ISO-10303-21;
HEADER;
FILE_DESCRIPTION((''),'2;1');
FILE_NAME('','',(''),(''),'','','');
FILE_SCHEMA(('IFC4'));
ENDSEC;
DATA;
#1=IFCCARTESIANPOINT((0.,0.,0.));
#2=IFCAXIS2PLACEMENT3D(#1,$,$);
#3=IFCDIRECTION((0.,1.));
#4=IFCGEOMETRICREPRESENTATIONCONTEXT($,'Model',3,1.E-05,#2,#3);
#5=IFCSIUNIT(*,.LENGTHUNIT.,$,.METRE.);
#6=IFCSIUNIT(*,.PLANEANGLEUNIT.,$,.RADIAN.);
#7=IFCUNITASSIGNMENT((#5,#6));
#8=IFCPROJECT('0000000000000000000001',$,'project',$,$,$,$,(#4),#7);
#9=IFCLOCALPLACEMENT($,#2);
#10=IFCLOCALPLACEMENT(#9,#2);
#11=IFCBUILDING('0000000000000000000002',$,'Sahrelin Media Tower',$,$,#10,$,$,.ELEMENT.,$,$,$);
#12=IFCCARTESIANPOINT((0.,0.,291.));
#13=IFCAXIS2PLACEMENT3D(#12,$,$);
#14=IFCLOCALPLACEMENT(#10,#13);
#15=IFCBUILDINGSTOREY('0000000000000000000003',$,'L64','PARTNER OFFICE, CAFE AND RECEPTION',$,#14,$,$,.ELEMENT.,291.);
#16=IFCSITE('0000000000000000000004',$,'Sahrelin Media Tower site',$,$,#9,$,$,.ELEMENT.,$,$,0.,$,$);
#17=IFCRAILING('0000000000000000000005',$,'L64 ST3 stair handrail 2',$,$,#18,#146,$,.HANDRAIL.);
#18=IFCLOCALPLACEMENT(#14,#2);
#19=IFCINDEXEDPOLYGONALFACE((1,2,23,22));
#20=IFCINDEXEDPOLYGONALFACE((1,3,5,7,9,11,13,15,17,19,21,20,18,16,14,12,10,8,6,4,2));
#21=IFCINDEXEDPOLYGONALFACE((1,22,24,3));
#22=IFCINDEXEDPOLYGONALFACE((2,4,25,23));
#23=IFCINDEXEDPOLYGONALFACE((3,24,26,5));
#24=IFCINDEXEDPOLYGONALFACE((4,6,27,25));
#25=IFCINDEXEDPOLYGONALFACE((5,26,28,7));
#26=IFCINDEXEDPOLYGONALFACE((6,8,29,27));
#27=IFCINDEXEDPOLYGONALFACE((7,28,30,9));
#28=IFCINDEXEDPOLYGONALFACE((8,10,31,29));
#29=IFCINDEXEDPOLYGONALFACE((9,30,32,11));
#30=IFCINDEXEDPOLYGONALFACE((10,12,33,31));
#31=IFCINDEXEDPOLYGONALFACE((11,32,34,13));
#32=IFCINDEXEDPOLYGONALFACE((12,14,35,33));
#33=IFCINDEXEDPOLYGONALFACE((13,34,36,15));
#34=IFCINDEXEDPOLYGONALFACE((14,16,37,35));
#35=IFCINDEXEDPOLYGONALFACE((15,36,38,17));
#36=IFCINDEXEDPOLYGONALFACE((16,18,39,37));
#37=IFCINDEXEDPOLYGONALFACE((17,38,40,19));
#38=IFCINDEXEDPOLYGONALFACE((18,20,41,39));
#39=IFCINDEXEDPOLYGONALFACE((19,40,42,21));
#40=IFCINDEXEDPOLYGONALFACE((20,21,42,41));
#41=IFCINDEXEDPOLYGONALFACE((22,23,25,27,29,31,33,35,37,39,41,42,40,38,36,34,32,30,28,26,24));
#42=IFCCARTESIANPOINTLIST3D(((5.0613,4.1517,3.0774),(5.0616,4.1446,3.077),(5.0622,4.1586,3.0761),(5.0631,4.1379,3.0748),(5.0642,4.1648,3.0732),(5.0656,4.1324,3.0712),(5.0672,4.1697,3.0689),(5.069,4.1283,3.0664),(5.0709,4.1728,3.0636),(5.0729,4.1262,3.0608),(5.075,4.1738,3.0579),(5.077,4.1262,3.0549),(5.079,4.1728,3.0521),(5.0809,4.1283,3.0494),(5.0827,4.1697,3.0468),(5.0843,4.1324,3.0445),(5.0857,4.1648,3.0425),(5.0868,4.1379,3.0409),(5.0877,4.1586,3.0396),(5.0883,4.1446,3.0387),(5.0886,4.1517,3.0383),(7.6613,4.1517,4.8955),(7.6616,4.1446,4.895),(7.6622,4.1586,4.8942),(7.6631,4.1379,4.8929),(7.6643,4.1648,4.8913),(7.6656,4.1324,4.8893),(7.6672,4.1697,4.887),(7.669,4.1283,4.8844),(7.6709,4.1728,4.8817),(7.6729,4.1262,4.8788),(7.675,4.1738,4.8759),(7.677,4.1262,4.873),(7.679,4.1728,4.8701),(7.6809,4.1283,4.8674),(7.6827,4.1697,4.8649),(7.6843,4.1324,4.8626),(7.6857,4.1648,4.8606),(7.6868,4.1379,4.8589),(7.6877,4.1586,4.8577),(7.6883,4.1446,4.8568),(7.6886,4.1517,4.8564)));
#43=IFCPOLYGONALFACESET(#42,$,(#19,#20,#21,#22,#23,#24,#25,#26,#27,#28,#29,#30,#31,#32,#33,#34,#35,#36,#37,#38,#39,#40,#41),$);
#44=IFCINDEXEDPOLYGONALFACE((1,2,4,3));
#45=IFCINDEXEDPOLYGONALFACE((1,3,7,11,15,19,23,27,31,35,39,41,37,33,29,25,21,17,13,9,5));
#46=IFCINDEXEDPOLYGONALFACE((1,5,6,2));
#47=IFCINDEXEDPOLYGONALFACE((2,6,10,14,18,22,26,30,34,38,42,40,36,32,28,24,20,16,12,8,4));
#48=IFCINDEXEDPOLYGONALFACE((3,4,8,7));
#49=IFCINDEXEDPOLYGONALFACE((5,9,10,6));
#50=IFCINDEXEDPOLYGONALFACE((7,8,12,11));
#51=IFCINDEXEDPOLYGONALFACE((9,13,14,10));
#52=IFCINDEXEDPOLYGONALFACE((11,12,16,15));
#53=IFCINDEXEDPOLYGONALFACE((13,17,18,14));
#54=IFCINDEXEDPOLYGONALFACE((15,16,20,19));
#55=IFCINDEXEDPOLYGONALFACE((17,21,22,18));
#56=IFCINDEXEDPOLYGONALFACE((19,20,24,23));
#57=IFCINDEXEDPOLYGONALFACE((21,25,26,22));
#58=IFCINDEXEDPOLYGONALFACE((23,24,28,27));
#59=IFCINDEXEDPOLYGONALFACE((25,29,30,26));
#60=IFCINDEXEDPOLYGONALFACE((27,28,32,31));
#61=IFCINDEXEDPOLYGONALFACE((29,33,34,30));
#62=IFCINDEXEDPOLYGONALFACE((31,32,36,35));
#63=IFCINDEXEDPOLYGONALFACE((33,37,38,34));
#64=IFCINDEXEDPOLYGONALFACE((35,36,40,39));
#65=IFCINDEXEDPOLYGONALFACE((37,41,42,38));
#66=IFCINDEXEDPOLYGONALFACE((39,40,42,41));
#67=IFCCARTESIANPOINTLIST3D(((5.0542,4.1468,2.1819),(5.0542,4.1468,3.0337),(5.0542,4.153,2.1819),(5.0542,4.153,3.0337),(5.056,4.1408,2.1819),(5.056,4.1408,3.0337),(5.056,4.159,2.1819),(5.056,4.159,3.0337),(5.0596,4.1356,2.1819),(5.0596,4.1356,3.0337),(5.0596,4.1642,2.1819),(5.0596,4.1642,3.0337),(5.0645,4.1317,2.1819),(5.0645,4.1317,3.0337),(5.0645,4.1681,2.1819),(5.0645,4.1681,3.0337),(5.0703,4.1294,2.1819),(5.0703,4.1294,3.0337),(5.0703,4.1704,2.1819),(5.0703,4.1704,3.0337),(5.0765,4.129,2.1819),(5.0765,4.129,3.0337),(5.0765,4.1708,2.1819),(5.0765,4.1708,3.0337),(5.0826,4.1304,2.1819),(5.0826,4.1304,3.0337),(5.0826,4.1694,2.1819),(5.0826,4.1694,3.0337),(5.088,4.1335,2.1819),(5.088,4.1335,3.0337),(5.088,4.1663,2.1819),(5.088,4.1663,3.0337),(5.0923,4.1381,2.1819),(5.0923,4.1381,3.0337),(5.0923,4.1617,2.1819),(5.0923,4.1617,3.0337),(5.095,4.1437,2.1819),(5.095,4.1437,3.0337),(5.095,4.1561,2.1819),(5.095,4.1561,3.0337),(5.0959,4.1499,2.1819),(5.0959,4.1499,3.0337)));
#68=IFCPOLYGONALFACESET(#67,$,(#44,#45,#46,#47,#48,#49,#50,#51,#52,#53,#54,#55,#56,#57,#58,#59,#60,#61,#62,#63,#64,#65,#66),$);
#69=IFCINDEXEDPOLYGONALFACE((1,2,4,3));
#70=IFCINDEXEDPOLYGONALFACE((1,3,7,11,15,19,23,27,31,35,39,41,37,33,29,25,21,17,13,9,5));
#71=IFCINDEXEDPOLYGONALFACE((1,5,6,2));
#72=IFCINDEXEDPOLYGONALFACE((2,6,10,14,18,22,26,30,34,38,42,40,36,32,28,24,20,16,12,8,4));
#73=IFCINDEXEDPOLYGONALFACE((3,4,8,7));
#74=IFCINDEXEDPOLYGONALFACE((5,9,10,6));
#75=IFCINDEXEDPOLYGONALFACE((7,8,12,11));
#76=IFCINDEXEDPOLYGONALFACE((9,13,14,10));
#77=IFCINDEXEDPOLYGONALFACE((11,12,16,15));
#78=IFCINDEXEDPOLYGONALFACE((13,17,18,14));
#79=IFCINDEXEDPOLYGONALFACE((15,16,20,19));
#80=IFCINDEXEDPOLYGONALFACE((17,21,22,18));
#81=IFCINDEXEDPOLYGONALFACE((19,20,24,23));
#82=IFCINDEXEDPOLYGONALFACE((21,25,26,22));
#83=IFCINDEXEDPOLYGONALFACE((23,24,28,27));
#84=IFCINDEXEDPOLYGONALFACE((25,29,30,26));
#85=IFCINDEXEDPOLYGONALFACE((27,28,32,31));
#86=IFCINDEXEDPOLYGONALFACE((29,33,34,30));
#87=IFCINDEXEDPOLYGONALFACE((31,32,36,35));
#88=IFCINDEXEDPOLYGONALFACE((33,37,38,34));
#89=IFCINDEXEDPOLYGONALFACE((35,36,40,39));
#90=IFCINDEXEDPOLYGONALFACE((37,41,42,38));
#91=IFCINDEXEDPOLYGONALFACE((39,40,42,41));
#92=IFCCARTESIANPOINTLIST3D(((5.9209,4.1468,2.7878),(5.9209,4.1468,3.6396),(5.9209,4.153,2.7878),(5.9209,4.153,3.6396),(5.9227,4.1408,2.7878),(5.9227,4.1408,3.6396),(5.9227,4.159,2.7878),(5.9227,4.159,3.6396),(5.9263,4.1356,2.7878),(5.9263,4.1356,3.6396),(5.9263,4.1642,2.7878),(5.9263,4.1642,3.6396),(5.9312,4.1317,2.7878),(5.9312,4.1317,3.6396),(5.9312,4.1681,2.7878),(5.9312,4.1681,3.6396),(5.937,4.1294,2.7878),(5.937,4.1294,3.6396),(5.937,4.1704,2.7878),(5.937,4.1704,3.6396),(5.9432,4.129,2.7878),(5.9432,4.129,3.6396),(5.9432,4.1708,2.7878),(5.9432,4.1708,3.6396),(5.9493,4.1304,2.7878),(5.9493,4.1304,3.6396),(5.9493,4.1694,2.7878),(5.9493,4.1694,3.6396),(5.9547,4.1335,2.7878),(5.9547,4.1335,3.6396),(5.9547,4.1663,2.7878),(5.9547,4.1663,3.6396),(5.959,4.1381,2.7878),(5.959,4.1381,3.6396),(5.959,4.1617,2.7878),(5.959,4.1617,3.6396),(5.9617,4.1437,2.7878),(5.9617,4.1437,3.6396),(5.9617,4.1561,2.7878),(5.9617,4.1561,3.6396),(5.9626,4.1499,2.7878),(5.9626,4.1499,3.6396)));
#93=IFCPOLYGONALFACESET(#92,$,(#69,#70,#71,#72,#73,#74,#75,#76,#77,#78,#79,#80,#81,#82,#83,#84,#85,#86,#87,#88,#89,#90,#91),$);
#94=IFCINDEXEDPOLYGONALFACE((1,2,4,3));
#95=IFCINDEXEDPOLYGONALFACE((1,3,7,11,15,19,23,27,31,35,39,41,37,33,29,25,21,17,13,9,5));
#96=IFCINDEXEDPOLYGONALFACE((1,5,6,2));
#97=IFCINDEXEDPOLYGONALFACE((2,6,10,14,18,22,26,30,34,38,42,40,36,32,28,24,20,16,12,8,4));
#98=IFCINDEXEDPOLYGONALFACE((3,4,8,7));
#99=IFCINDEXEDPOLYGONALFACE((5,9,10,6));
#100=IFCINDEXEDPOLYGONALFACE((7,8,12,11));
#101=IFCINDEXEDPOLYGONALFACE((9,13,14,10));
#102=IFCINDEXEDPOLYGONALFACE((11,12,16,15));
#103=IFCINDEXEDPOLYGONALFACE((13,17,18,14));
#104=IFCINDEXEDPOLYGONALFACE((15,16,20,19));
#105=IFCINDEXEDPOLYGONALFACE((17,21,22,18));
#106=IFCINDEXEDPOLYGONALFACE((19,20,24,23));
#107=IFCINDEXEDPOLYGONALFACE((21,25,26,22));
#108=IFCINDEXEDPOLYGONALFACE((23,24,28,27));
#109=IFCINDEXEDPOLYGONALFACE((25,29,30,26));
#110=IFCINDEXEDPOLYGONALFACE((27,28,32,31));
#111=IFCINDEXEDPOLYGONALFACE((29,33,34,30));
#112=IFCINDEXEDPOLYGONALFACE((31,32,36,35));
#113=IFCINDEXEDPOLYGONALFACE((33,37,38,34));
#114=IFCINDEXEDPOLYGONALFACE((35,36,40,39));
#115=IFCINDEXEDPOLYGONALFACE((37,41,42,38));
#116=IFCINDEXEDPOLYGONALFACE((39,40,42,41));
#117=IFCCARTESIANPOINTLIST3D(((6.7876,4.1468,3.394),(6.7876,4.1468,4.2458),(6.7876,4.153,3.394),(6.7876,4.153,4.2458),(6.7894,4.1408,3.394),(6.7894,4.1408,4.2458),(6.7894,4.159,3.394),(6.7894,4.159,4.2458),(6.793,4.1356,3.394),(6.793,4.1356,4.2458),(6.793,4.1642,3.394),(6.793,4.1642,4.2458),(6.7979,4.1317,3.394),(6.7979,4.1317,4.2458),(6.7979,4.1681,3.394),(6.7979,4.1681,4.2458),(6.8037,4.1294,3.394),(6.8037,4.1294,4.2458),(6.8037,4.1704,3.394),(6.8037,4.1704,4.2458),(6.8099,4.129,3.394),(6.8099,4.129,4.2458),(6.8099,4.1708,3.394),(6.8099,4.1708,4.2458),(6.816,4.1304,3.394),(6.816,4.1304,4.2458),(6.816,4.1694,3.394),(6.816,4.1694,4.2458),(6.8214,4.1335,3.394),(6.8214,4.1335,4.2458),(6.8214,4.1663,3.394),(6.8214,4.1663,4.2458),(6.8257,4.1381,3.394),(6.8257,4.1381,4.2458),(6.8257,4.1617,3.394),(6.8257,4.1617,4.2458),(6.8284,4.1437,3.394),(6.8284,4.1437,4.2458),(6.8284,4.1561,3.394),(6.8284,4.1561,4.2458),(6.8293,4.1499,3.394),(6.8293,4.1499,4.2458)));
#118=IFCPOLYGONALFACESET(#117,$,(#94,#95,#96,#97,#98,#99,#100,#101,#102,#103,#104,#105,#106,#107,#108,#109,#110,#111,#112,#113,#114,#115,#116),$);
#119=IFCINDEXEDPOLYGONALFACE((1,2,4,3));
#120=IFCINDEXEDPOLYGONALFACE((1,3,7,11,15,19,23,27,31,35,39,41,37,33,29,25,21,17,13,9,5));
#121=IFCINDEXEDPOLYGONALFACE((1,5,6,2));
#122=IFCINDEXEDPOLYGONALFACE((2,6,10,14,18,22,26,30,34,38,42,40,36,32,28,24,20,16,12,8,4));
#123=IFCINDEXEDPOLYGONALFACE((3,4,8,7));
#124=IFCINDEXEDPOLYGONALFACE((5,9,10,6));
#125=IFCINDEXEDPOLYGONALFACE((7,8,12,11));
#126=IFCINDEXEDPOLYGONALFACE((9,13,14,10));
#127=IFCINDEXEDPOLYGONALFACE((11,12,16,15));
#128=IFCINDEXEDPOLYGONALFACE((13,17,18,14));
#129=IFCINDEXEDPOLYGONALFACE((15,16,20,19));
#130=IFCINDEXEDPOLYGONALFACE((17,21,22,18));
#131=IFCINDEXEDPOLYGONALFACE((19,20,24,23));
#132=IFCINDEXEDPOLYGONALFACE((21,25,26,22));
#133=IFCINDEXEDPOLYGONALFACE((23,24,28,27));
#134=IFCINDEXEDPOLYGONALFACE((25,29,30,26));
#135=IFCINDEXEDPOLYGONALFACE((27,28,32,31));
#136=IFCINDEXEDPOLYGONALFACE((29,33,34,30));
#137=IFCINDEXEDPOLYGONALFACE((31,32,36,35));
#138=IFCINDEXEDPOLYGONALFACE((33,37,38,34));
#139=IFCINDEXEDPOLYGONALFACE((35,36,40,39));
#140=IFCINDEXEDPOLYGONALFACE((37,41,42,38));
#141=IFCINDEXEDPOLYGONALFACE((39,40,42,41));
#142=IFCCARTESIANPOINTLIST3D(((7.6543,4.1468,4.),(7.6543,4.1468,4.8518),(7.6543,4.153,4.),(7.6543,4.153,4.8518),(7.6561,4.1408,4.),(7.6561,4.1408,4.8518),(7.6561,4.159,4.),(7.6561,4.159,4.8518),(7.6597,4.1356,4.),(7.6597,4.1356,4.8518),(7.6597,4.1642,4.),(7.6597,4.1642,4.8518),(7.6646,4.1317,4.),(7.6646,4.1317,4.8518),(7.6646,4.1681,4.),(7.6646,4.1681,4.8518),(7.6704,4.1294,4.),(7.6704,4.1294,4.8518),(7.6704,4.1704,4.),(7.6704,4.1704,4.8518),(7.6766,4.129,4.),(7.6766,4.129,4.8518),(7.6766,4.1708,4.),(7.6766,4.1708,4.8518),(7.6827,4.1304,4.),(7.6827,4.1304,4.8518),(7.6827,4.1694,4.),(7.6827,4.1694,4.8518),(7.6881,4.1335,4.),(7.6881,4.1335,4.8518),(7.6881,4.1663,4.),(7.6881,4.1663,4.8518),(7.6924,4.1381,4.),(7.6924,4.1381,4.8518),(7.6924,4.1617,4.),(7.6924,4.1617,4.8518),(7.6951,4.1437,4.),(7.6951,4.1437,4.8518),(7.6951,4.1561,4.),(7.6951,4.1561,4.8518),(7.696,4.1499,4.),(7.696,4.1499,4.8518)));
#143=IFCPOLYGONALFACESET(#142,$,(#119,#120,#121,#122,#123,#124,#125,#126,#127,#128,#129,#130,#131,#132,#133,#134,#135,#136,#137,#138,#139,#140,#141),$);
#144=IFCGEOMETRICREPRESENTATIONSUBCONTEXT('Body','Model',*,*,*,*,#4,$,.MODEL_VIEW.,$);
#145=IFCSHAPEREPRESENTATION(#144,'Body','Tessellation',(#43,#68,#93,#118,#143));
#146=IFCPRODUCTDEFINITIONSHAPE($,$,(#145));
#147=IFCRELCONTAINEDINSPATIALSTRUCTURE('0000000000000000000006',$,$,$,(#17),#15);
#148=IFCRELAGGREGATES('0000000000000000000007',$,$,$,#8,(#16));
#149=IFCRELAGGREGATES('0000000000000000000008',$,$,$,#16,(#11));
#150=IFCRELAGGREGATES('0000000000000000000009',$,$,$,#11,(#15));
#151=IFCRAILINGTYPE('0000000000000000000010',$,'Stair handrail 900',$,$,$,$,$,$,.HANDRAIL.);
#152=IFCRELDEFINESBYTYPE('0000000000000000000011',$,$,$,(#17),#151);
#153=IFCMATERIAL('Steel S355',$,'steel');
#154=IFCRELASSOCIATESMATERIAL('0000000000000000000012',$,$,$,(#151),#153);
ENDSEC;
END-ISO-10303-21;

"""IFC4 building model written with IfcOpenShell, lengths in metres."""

from ifc_helpers import new_model, si_unit, direction, frame, origin, origin_2d, place, context, subcontext, project, spatial, circle, extrude, material, type_object, element, save


model = new_model("IFC4")

# Units and contexts
model_context = context("Model", 3, precision=1e-05, world=origin(), true_north=direction((0.0, 1.0)))
body_context = subcontext(model_context, "Body", "Model", "MODEL_VIEW")
ifc_project = project(units=[si_unit("LENGTHUNIT", "METRE"), si_unit("PLANEANGLEUNIT", "RADIAN")], contexts=[model_context])

# Site, building, storey
site_placement = place(None, origin())
site = spatial("IfcSite", under=ifc_project, at=site_placement, Name="Sahrelin Media Tower site", CompositionType="ELEMENT", RefElevation=0.0)
building_placement = place(site_placement, origin())
building = spatial("IfcBuilding", under=site, at=building_placement, Name="Sahrelin Media Tower", CompositionType="ELEMENT")
storey_placement = place(building_placement, frame((0.0, 0.0, 291.0)))
storey = spatial("IfcBuildingStorey", under=building, at=storey_placement, Name="L64", Description="PARTNER OFFICE, CAFE AND RECEPTION", CompositionType="ELEMENT", Elevation=291.0)

# Shared definitions
ifc_material_1 = material(Name="Steel S355", Category="steel")

# Railing
railing_type_1 = type_object("IfcRailingType", Name="Stair handrail 900", PredefinedType="HANDRAIL", material=ifc_material_1)
railing_1_placement = place(storey_placement, frame((5.075, 4.1499, 2.1819)))
element("IfcRailing", 1, at=railing_1_placement, inside=storey, type_object=railing_type_1, Name="L64 ST3 stair handrail 2", PredefinedType="HANDRAIL", context=body_context, shape_type="SweptSolid", body=[
    extrude(circle(Radius=0.0239, at=origin_2d()), frame((0.0, 0.0, 0.876), z_axis=(0.819521, 0.0, 0.573049), x_axis=(0.0, 1.0, 0.0)), (0.0, 0.0, 1.0), 3.1726),
    extrude(circle(Radius=0.021, at=origin_2d()), origin(), (0.0, 0.0, 1.0), 0.8518),
    extrude(circle(Radius=0.021, at=origin_2d()), frame((0.8667, 0.0, 0.606)), (0.0, 0.0, 1.0), 0.8518),
    extrude(circle(Radius=0.021, at=origin_2d()), frame((1.7334, 0.0, 1.2122)), (0.0, 0.0, 1.0), 0.8518),
    extrude(circle(Radius=0.021, at=origin_2d()), frame((2.6001, 0.0, 1.8181)), (0.0, 0.0, 1.0), 0.8518),
])

save(model, "model.ifc")
